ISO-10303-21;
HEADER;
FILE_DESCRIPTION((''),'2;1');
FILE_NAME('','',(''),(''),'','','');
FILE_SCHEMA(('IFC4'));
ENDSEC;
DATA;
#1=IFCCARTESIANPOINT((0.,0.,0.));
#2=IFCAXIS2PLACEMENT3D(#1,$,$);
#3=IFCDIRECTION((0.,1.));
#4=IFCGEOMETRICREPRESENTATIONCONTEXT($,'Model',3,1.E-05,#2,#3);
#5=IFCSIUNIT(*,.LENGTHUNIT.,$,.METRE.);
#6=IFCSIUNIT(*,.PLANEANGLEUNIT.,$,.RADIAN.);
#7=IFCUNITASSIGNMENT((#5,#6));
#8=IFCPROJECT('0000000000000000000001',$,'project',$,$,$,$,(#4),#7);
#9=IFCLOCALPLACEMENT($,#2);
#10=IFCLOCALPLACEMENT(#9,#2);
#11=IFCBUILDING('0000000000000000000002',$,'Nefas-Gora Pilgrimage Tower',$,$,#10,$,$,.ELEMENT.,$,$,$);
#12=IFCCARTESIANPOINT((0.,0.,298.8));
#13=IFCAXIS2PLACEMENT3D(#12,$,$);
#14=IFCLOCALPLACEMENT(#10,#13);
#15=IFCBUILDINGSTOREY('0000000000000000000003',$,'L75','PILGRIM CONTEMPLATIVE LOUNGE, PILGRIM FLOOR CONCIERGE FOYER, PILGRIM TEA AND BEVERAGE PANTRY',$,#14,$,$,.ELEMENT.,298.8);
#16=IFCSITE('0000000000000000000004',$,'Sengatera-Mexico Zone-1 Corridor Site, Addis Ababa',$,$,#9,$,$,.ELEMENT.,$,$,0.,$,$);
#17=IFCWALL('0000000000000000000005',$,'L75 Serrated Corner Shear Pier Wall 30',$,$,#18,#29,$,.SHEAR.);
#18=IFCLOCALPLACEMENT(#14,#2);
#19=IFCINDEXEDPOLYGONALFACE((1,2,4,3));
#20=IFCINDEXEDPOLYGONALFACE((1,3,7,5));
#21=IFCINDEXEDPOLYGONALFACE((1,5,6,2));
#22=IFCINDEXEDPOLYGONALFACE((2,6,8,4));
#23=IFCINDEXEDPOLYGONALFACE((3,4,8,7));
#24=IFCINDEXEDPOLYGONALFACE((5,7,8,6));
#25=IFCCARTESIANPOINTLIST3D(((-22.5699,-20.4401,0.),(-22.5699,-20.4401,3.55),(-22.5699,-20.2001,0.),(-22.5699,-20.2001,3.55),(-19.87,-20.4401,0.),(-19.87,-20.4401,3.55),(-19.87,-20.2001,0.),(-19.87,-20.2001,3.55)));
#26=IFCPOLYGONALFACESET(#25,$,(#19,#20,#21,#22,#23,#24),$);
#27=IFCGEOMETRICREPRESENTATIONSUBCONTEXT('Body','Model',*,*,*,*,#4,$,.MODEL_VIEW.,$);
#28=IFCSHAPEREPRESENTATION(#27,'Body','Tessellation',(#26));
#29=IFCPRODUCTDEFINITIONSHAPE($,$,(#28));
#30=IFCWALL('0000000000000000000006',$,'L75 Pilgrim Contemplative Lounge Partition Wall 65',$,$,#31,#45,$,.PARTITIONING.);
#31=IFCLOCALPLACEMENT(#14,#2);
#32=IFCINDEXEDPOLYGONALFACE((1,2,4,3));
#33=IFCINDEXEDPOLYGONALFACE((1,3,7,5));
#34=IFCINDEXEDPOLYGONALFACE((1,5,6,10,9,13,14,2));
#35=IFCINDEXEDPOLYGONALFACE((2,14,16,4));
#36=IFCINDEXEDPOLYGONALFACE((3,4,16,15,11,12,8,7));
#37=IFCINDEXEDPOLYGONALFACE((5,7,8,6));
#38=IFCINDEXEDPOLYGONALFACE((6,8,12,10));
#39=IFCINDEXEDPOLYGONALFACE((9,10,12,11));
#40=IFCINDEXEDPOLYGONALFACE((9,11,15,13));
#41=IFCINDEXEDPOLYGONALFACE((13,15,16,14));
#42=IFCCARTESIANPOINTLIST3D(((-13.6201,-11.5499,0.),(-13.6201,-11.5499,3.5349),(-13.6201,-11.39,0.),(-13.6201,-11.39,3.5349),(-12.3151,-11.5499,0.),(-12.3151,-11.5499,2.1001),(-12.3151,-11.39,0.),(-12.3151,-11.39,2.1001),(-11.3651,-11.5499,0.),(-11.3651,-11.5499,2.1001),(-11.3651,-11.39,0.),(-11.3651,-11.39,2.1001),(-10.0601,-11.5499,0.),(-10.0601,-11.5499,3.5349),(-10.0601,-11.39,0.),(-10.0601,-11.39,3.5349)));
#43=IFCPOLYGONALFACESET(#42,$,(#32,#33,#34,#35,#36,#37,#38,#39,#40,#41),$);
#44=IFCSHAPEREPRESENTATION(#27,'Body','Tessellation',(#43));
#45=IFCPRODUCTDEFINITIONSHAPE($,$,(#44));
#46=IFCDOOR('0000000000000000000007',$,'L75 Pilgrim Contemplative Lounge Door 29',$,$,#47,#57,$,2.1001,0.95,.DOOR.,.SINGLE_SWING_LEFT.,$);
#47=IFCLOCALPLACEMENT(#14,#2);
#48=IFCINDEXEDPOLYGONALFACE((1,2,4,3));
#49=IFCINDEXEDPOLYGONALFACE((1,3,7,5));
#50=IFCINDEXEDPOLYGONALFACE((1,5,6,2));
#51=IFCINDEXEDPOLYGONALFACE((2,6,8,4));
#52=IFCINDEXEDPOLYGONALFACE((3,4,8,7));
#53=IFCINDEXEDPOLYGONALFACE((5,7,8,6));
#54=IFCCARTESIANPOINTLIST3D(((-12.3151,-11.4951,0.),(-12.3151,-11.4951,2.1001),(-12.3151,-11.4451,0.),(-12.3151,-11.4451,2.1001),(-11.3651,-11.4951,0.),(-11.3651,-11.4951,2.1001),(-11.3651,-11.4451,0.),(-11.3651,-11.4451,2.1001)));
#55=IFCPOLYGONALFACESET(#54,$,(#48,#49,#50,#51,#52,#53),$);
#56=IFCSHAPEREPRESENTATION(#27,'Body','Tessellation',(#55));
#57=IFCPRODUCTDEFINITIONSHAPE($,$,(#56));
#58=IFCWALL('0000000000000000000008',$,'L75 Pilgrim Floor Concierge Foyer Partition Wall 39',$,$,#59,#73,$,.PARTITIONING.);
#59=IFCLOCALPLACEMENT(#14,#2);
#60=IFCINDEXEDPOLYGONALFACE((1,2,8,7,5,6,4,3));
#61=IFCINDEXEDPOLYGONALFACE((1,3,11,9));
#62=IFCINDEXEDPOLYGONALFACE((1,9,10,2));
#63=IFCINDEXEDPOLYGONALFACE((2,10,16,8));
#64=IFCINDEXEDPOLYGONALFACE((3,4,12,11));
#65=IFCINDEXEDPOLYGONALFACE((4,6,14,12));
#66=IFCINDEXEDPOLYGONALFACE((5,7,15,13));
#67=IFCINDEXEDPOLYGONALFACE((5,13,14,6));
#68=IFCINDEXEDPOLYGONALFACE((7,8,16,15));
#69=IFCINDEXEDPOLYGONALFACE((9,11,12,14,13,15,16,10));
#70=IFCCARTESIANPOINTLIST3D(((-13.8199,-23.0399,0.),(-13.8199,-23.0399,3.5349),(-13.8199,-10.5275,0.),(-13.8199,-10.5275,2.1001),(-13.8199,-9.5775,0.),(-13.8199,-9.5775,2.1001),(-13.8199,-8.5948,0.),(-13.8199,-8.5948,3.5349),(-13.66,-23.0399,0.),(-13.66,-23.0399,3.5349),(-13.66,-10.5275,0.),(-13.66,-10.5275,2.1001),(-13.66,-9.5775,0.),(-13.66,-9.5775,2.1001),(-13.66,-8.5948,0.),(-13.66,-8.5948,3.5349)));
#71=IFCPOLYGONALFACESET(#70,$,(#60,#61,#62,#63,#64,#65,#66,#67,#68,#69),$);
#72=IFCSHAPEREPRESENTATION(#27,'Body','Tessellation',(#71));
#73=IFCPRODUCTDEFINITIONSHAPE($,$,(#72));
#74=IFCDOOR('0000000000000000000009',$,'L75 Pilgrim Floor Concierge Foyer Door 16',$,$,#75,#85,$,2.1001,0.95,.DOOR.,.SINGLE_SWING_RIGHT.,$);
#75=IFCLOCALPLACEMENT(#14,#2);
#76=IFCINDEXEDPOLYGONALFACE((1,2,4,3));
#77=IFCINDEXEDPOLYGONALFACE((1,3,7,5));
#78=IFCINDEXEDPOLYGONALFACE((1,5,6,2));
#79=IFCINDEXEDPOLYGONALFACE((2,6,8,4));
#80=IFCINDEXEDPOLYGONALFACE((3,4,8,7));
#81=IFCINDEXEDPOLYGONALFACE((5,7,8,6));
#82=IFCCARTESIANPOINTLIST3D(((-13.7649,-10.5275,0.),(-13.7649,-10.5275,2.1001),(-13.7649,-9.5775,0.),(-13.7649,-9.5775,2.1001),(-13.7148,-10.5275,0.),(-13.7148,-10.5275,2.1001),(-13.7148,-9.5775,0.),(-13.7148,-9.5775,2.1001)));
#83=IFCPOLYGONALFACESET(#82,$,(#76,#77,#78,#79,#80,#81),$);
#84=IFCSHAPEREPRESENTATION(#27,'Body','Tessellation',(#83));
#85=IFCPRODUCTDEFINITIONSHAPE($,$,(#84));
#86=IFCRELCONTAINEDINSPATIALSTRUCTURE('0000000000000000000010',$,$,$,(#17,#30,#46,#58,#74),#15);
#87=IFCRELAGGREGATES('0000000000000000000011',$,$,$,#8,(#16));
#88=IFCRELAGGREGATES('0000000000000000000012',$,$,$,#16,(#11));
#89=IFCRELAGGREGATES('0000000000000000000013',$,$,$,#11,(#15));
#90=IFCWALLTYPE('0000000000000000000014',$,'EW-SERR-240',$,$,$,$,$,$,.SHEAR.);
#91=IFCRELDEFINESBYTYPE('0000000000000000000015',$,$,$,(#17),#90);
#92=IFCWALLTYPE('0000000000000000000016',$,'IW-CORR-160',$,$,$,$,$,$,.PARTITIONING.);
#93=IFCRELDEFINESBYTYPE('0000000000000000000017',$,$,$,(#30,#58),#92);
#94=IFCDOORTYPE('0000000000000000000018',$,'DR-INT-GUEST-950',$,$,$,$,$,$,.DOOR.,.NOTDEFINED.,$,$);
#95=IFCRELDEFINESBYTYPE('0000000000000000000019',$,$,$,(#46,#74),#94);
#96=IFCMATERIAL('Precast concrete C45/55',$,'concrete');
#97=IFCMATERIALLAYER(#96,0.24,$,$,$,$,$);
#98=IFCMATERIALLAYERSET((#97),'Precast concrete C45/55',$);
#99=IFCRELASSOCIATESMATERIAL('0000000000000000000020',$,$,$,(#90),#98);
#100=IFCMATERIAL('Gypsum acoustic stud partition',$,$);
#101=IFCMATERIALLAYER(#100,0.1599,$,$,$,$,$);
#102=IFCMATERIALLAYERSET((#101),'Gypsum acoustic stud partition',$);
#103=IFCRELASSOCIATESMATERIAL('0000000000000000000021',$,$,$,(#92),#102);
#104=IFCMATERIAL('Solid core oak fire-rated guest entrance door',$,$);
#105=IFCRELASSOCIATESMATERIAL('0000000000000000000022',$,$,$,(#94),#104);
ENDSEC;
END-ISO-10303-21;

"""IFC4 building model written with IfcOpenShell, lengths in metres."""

from ifc_helpers import new_model, si_unit, direction, frame, frame_2d, origin, place, context, subcontext, project, spatial, rectangle, extrude, source, transform, mapped, material, layer, layer_set, type_object, element, fill, save


model = new_model("IFC4")

# Units and contexts
model_context = context("Model", 3, precision=1e-05, world=origin(), true_north=direction((0.0, 1.0)))
body_context = subcontext(model_context, "Body", "Model", "MODEL_VIEW")
ifc_project = project(units=[si_unit("LENGTHUNIT", "METRE"), si_unit("PLANEANGLEUNIT", "RADIAN")], contexts=[model_context])

# Site, building, storey
site_placement = place(None, origin())
site = spatial("IfcSite", under=ifc_project, at=site_placement, Name="Sengatera-Mexico Zone-1 Corridor Site, Addis Ababa", CompositionType="ELEMENT", RefElevation=0.0)
building_placement = place(site_placement, origin())
building = spatial("IfcBuilding", under=site, at=building_placement, Name="Nefas-Gora Pilgrimage Tower", CompositionType="ELEMENT")
storey_placement = place(building_placement, frame((0.0, 0.0, 298.8)))
storey = spatial("IfcBuildingStorey", under=building, at=storey_placement, Name="L75", Description="PILGRIM CONTEMPLATIVE LOUNGE, PILGRIM FLOOR CONCIERGE FOYER, PILGRIM TEA AND BEVERAGE PANTRY", CompositionType="ELEMENT", Elevation=298.8)

# Shared definitions
ifc_material_1 = material(Name="Precast concrete C45/55", Category="concrete")
ifc_layer_1 = layer(ifc_material_1, 0.24)
ifc_layer_set_1 = layer_set([ifc_layer_1], Name="Precast concrete C45/55")
wall_type_1 = type_object("IfcWallType", Name="EW-SERR-240", PredefinedType="SHEAR", material=ifc_layer_set_1)

# Shared definitions
shared_shape_1 = source(origin(), body_context, "Body", "SweptSolid", [
    extrude(rectangle(XDim=2.7, YDim=0.24, at=frame_2d((1.3501, 0.0))), origin(), (0.0, 0.0, 1.0), 3.55),
])

# Wall
wall_1_placement = place(storey_placement, frame((-22.5701, -20.3201, 0.0), z_axis=(0.0, 0.0, 1.0), x_axis=(1.0, 0.0, 0.0)))
element("IfcWall", 1, at=wall_1_placement, inside=storey, type_object=wall_type_1, Name="L75 Serrated Corner Shear Pier Wall 30", PredefinedType="SHEAR", context=body_context, shape_type="MappedRepresentation", body=[
    mapped(shared_shape_1, transform((0.0, 0.0, 0.0), x_axis=(1.0, 0.0, 0.0), y_axis=(0.0, 1.0, 0.0), z_axis=(0.0, 0.0, 1.0), scale=1.0)),
])

# Walls, openings, doors
ifc_material_2 = material(Name="Gypsum acoustic stud partition")
ifc_layer_2 = layer(ifc_material_2, 0.1599)
ifc_layer_set_2 = layer_set([ifc_layer_2], Name="Gypsum acoustic stud partition")
wall_type_2 = type_object("IfcWallType", Name="IW-CORR-160", PredefinedType="PARTITIONING", material=ifc_layer_set_2)
shared_shape_2 = source(origin(), body_context, "Body", "SweptSolid", [
    extrude(rectangle(XDim=3.5601, YDim=0.1599, at=frame_2d((1.78, 0.0))), origin(), (0.0, 0.0, 1.0), 3.5349),
])
wall_2_placement = place(storey_placement, frame((-13.6201, -11.47, 0.0), z_axis=(0.0, 0.0, 1.0), x_axis=(1.0, 0.0, 0.0)))
wall_2 = element("IfcWall", 2, at=wall_2_placement, inside=storey, type_object=wall_type_2, Name="L75 Pilgrim Contemplative Lounge Partition Wall 65", PredefinedType="PARTITIONING", context=body_context, shape_type="MappedRepresentation", body=[
    mapped(shared_shape_2, transform((0.0, 0.0, 0.0), x_axis=(1.0, 0.0, 0.0), y_axis=(0.0, 1.0, 0.0), z_axis=(0.0, 0.0, 1.0), scale=1.0)),
])
opening_1_placement = place(wall_2_placement, frame((1.3049, 0.0, 0.0)))
opening_1 = element("IfcOpeningElement", 3, at=opening_1_placement, cuts=wall_2, PredefinedType="OPENING", context=body_context, shape_type="SweptSolid", body=[
    extrude(rectangle(XDim=0.95, YDim=2.1001, at=frame_2d((0.4751, 1.05))), frame((0.0, 0.0898, 0.0), z_axis=(0.0, -1.0, 0.0), x_axis=(1.0, 0.0, 0.0)), (0.0, 0.0, 1.0), 0.1799),
])
ifc_material_3 = material(Name="Solid core oak fire-rated guest entrance door")
door_type = type_object("IfcDoorType", Name="DR-INT-GUEST-950", OperationType="NOTDEFINED", PredefinedType="DOOR", material=ifc_material_3)
shared_shape_3 = source(origin(), body_context, "Body", "SweptSolid", [
    extrude(rectangle(XDim=0.95, YDim=2.1001, at=frame_2d((0.4751, 1.05))), frame((0.0, 0.0249, 0.0), z_axis=(0.0, -1.0, 0.0), x_axis=(1.0, 0.0, 0.0)), (0.0, 0.0, 1.0), 0.05),
])
door_1_placement = place(opening_1_placement, origin())
door_1 = element("IfcDoor", 4, at=door_1_placement, inside=storey, type_object=door_type, Name="L75 Pilgrim Contemplative Lounge Door 29", OperationType="SINGLE_SWING_LEFT", OverallHeight=2.1001, OverallWidth=0.95, PredefinedType="DOOR", context=body_context, shape_type="MappedRepresentation", body=[
    mapped(shared_shape_3, transform((0.0, 0.0, 0.0), x_axis=(1.0, 0.0, 0.0), y_axis=(0.0, 1.0, 0.0), z_axis=(0.0, 0.0, 1.0), scale=1.0)),
])
fill(opening_1, door_1)
shared_shape_4 = source(origin(), body_context, "Body", "SweptSolid", [
    extrude(rectangle(XDim=14.4451, YDim=0.1599, at=frame_2d((7.2227, 0.0))), origin(), (0.0, 0.0, 1.0), 3.5349),
])
wall_3_placement = place(storey_placement, frame((-13.74, -23.04, 0.0), z_axis=(0.0, 0.0, 1.0), x_axis=(0.0, 1.0, 0.0)))
wall_3 = element("IfcWall", 5, at=wall_3_placement, inside=storey, type_object=wall_type_2, Name="L75 Pilgrim Floor Concierge Foyer Partition Wall 39", PredefinedType="PARTITIONING", context=body_context, shape_type="MappedRepresentation", body=[
    mapped(shared_shape_4, transform((0.0, 0.0, 0.0), x_axis=(1.0, 0.0, 0.0), y_axis=(0.0, 1.0, 0.0), z_axis=(0.0, 0.0, 1.0), scale=1.0)),
])
opening_2_placement = place(wall_3_placement, frame((12.5125, 0.0, 0.0)))
opening_2 = element("IfcOpeningElement", 6, at=opening_2_placement, cuts=wall_3, PredefinedType="OPENING", context=body_context, shape_type="SweptSolid", body=[
    extrude(rectangle(XDim=0.95, YDim=2.1001, at=frame_2d((0.4751, 1.05))), frame((0.0, 0.0898, 0.0), z_axis=(0.0, -1.0, 0.0), x_axis=(1.0, 0.0, 0.0)), (0.0, 0.0, 1.0), 0.1799),
])
door_2_placement = place(opening_2_placement, origin())
door_2 = element("IfcDoor", 7, at=door_2_placement, inside=storey, type_object=door_type, Name="L75 Pilgrim Floor Concierge Foyer Door 16", OperationType="SINGLE_SWING_RIGHT", OverallHeight=2.1001, OverallWidth=0.95, PredefinedType="DOOR", context=body_context, shape_type="MappedRepresentation", body=[
    mapped(shared_shape_3, transform((0.0, 0.0, 0.0), x_axis=(1.0, 0.0, 0.0), y_axis=(0.0, 1.0, 0.0), z_axis=(0.0, 0.0, 1.0), scale=1.0)),
])
fill(opening_2, door_2)

save(model, "model.ifc")
